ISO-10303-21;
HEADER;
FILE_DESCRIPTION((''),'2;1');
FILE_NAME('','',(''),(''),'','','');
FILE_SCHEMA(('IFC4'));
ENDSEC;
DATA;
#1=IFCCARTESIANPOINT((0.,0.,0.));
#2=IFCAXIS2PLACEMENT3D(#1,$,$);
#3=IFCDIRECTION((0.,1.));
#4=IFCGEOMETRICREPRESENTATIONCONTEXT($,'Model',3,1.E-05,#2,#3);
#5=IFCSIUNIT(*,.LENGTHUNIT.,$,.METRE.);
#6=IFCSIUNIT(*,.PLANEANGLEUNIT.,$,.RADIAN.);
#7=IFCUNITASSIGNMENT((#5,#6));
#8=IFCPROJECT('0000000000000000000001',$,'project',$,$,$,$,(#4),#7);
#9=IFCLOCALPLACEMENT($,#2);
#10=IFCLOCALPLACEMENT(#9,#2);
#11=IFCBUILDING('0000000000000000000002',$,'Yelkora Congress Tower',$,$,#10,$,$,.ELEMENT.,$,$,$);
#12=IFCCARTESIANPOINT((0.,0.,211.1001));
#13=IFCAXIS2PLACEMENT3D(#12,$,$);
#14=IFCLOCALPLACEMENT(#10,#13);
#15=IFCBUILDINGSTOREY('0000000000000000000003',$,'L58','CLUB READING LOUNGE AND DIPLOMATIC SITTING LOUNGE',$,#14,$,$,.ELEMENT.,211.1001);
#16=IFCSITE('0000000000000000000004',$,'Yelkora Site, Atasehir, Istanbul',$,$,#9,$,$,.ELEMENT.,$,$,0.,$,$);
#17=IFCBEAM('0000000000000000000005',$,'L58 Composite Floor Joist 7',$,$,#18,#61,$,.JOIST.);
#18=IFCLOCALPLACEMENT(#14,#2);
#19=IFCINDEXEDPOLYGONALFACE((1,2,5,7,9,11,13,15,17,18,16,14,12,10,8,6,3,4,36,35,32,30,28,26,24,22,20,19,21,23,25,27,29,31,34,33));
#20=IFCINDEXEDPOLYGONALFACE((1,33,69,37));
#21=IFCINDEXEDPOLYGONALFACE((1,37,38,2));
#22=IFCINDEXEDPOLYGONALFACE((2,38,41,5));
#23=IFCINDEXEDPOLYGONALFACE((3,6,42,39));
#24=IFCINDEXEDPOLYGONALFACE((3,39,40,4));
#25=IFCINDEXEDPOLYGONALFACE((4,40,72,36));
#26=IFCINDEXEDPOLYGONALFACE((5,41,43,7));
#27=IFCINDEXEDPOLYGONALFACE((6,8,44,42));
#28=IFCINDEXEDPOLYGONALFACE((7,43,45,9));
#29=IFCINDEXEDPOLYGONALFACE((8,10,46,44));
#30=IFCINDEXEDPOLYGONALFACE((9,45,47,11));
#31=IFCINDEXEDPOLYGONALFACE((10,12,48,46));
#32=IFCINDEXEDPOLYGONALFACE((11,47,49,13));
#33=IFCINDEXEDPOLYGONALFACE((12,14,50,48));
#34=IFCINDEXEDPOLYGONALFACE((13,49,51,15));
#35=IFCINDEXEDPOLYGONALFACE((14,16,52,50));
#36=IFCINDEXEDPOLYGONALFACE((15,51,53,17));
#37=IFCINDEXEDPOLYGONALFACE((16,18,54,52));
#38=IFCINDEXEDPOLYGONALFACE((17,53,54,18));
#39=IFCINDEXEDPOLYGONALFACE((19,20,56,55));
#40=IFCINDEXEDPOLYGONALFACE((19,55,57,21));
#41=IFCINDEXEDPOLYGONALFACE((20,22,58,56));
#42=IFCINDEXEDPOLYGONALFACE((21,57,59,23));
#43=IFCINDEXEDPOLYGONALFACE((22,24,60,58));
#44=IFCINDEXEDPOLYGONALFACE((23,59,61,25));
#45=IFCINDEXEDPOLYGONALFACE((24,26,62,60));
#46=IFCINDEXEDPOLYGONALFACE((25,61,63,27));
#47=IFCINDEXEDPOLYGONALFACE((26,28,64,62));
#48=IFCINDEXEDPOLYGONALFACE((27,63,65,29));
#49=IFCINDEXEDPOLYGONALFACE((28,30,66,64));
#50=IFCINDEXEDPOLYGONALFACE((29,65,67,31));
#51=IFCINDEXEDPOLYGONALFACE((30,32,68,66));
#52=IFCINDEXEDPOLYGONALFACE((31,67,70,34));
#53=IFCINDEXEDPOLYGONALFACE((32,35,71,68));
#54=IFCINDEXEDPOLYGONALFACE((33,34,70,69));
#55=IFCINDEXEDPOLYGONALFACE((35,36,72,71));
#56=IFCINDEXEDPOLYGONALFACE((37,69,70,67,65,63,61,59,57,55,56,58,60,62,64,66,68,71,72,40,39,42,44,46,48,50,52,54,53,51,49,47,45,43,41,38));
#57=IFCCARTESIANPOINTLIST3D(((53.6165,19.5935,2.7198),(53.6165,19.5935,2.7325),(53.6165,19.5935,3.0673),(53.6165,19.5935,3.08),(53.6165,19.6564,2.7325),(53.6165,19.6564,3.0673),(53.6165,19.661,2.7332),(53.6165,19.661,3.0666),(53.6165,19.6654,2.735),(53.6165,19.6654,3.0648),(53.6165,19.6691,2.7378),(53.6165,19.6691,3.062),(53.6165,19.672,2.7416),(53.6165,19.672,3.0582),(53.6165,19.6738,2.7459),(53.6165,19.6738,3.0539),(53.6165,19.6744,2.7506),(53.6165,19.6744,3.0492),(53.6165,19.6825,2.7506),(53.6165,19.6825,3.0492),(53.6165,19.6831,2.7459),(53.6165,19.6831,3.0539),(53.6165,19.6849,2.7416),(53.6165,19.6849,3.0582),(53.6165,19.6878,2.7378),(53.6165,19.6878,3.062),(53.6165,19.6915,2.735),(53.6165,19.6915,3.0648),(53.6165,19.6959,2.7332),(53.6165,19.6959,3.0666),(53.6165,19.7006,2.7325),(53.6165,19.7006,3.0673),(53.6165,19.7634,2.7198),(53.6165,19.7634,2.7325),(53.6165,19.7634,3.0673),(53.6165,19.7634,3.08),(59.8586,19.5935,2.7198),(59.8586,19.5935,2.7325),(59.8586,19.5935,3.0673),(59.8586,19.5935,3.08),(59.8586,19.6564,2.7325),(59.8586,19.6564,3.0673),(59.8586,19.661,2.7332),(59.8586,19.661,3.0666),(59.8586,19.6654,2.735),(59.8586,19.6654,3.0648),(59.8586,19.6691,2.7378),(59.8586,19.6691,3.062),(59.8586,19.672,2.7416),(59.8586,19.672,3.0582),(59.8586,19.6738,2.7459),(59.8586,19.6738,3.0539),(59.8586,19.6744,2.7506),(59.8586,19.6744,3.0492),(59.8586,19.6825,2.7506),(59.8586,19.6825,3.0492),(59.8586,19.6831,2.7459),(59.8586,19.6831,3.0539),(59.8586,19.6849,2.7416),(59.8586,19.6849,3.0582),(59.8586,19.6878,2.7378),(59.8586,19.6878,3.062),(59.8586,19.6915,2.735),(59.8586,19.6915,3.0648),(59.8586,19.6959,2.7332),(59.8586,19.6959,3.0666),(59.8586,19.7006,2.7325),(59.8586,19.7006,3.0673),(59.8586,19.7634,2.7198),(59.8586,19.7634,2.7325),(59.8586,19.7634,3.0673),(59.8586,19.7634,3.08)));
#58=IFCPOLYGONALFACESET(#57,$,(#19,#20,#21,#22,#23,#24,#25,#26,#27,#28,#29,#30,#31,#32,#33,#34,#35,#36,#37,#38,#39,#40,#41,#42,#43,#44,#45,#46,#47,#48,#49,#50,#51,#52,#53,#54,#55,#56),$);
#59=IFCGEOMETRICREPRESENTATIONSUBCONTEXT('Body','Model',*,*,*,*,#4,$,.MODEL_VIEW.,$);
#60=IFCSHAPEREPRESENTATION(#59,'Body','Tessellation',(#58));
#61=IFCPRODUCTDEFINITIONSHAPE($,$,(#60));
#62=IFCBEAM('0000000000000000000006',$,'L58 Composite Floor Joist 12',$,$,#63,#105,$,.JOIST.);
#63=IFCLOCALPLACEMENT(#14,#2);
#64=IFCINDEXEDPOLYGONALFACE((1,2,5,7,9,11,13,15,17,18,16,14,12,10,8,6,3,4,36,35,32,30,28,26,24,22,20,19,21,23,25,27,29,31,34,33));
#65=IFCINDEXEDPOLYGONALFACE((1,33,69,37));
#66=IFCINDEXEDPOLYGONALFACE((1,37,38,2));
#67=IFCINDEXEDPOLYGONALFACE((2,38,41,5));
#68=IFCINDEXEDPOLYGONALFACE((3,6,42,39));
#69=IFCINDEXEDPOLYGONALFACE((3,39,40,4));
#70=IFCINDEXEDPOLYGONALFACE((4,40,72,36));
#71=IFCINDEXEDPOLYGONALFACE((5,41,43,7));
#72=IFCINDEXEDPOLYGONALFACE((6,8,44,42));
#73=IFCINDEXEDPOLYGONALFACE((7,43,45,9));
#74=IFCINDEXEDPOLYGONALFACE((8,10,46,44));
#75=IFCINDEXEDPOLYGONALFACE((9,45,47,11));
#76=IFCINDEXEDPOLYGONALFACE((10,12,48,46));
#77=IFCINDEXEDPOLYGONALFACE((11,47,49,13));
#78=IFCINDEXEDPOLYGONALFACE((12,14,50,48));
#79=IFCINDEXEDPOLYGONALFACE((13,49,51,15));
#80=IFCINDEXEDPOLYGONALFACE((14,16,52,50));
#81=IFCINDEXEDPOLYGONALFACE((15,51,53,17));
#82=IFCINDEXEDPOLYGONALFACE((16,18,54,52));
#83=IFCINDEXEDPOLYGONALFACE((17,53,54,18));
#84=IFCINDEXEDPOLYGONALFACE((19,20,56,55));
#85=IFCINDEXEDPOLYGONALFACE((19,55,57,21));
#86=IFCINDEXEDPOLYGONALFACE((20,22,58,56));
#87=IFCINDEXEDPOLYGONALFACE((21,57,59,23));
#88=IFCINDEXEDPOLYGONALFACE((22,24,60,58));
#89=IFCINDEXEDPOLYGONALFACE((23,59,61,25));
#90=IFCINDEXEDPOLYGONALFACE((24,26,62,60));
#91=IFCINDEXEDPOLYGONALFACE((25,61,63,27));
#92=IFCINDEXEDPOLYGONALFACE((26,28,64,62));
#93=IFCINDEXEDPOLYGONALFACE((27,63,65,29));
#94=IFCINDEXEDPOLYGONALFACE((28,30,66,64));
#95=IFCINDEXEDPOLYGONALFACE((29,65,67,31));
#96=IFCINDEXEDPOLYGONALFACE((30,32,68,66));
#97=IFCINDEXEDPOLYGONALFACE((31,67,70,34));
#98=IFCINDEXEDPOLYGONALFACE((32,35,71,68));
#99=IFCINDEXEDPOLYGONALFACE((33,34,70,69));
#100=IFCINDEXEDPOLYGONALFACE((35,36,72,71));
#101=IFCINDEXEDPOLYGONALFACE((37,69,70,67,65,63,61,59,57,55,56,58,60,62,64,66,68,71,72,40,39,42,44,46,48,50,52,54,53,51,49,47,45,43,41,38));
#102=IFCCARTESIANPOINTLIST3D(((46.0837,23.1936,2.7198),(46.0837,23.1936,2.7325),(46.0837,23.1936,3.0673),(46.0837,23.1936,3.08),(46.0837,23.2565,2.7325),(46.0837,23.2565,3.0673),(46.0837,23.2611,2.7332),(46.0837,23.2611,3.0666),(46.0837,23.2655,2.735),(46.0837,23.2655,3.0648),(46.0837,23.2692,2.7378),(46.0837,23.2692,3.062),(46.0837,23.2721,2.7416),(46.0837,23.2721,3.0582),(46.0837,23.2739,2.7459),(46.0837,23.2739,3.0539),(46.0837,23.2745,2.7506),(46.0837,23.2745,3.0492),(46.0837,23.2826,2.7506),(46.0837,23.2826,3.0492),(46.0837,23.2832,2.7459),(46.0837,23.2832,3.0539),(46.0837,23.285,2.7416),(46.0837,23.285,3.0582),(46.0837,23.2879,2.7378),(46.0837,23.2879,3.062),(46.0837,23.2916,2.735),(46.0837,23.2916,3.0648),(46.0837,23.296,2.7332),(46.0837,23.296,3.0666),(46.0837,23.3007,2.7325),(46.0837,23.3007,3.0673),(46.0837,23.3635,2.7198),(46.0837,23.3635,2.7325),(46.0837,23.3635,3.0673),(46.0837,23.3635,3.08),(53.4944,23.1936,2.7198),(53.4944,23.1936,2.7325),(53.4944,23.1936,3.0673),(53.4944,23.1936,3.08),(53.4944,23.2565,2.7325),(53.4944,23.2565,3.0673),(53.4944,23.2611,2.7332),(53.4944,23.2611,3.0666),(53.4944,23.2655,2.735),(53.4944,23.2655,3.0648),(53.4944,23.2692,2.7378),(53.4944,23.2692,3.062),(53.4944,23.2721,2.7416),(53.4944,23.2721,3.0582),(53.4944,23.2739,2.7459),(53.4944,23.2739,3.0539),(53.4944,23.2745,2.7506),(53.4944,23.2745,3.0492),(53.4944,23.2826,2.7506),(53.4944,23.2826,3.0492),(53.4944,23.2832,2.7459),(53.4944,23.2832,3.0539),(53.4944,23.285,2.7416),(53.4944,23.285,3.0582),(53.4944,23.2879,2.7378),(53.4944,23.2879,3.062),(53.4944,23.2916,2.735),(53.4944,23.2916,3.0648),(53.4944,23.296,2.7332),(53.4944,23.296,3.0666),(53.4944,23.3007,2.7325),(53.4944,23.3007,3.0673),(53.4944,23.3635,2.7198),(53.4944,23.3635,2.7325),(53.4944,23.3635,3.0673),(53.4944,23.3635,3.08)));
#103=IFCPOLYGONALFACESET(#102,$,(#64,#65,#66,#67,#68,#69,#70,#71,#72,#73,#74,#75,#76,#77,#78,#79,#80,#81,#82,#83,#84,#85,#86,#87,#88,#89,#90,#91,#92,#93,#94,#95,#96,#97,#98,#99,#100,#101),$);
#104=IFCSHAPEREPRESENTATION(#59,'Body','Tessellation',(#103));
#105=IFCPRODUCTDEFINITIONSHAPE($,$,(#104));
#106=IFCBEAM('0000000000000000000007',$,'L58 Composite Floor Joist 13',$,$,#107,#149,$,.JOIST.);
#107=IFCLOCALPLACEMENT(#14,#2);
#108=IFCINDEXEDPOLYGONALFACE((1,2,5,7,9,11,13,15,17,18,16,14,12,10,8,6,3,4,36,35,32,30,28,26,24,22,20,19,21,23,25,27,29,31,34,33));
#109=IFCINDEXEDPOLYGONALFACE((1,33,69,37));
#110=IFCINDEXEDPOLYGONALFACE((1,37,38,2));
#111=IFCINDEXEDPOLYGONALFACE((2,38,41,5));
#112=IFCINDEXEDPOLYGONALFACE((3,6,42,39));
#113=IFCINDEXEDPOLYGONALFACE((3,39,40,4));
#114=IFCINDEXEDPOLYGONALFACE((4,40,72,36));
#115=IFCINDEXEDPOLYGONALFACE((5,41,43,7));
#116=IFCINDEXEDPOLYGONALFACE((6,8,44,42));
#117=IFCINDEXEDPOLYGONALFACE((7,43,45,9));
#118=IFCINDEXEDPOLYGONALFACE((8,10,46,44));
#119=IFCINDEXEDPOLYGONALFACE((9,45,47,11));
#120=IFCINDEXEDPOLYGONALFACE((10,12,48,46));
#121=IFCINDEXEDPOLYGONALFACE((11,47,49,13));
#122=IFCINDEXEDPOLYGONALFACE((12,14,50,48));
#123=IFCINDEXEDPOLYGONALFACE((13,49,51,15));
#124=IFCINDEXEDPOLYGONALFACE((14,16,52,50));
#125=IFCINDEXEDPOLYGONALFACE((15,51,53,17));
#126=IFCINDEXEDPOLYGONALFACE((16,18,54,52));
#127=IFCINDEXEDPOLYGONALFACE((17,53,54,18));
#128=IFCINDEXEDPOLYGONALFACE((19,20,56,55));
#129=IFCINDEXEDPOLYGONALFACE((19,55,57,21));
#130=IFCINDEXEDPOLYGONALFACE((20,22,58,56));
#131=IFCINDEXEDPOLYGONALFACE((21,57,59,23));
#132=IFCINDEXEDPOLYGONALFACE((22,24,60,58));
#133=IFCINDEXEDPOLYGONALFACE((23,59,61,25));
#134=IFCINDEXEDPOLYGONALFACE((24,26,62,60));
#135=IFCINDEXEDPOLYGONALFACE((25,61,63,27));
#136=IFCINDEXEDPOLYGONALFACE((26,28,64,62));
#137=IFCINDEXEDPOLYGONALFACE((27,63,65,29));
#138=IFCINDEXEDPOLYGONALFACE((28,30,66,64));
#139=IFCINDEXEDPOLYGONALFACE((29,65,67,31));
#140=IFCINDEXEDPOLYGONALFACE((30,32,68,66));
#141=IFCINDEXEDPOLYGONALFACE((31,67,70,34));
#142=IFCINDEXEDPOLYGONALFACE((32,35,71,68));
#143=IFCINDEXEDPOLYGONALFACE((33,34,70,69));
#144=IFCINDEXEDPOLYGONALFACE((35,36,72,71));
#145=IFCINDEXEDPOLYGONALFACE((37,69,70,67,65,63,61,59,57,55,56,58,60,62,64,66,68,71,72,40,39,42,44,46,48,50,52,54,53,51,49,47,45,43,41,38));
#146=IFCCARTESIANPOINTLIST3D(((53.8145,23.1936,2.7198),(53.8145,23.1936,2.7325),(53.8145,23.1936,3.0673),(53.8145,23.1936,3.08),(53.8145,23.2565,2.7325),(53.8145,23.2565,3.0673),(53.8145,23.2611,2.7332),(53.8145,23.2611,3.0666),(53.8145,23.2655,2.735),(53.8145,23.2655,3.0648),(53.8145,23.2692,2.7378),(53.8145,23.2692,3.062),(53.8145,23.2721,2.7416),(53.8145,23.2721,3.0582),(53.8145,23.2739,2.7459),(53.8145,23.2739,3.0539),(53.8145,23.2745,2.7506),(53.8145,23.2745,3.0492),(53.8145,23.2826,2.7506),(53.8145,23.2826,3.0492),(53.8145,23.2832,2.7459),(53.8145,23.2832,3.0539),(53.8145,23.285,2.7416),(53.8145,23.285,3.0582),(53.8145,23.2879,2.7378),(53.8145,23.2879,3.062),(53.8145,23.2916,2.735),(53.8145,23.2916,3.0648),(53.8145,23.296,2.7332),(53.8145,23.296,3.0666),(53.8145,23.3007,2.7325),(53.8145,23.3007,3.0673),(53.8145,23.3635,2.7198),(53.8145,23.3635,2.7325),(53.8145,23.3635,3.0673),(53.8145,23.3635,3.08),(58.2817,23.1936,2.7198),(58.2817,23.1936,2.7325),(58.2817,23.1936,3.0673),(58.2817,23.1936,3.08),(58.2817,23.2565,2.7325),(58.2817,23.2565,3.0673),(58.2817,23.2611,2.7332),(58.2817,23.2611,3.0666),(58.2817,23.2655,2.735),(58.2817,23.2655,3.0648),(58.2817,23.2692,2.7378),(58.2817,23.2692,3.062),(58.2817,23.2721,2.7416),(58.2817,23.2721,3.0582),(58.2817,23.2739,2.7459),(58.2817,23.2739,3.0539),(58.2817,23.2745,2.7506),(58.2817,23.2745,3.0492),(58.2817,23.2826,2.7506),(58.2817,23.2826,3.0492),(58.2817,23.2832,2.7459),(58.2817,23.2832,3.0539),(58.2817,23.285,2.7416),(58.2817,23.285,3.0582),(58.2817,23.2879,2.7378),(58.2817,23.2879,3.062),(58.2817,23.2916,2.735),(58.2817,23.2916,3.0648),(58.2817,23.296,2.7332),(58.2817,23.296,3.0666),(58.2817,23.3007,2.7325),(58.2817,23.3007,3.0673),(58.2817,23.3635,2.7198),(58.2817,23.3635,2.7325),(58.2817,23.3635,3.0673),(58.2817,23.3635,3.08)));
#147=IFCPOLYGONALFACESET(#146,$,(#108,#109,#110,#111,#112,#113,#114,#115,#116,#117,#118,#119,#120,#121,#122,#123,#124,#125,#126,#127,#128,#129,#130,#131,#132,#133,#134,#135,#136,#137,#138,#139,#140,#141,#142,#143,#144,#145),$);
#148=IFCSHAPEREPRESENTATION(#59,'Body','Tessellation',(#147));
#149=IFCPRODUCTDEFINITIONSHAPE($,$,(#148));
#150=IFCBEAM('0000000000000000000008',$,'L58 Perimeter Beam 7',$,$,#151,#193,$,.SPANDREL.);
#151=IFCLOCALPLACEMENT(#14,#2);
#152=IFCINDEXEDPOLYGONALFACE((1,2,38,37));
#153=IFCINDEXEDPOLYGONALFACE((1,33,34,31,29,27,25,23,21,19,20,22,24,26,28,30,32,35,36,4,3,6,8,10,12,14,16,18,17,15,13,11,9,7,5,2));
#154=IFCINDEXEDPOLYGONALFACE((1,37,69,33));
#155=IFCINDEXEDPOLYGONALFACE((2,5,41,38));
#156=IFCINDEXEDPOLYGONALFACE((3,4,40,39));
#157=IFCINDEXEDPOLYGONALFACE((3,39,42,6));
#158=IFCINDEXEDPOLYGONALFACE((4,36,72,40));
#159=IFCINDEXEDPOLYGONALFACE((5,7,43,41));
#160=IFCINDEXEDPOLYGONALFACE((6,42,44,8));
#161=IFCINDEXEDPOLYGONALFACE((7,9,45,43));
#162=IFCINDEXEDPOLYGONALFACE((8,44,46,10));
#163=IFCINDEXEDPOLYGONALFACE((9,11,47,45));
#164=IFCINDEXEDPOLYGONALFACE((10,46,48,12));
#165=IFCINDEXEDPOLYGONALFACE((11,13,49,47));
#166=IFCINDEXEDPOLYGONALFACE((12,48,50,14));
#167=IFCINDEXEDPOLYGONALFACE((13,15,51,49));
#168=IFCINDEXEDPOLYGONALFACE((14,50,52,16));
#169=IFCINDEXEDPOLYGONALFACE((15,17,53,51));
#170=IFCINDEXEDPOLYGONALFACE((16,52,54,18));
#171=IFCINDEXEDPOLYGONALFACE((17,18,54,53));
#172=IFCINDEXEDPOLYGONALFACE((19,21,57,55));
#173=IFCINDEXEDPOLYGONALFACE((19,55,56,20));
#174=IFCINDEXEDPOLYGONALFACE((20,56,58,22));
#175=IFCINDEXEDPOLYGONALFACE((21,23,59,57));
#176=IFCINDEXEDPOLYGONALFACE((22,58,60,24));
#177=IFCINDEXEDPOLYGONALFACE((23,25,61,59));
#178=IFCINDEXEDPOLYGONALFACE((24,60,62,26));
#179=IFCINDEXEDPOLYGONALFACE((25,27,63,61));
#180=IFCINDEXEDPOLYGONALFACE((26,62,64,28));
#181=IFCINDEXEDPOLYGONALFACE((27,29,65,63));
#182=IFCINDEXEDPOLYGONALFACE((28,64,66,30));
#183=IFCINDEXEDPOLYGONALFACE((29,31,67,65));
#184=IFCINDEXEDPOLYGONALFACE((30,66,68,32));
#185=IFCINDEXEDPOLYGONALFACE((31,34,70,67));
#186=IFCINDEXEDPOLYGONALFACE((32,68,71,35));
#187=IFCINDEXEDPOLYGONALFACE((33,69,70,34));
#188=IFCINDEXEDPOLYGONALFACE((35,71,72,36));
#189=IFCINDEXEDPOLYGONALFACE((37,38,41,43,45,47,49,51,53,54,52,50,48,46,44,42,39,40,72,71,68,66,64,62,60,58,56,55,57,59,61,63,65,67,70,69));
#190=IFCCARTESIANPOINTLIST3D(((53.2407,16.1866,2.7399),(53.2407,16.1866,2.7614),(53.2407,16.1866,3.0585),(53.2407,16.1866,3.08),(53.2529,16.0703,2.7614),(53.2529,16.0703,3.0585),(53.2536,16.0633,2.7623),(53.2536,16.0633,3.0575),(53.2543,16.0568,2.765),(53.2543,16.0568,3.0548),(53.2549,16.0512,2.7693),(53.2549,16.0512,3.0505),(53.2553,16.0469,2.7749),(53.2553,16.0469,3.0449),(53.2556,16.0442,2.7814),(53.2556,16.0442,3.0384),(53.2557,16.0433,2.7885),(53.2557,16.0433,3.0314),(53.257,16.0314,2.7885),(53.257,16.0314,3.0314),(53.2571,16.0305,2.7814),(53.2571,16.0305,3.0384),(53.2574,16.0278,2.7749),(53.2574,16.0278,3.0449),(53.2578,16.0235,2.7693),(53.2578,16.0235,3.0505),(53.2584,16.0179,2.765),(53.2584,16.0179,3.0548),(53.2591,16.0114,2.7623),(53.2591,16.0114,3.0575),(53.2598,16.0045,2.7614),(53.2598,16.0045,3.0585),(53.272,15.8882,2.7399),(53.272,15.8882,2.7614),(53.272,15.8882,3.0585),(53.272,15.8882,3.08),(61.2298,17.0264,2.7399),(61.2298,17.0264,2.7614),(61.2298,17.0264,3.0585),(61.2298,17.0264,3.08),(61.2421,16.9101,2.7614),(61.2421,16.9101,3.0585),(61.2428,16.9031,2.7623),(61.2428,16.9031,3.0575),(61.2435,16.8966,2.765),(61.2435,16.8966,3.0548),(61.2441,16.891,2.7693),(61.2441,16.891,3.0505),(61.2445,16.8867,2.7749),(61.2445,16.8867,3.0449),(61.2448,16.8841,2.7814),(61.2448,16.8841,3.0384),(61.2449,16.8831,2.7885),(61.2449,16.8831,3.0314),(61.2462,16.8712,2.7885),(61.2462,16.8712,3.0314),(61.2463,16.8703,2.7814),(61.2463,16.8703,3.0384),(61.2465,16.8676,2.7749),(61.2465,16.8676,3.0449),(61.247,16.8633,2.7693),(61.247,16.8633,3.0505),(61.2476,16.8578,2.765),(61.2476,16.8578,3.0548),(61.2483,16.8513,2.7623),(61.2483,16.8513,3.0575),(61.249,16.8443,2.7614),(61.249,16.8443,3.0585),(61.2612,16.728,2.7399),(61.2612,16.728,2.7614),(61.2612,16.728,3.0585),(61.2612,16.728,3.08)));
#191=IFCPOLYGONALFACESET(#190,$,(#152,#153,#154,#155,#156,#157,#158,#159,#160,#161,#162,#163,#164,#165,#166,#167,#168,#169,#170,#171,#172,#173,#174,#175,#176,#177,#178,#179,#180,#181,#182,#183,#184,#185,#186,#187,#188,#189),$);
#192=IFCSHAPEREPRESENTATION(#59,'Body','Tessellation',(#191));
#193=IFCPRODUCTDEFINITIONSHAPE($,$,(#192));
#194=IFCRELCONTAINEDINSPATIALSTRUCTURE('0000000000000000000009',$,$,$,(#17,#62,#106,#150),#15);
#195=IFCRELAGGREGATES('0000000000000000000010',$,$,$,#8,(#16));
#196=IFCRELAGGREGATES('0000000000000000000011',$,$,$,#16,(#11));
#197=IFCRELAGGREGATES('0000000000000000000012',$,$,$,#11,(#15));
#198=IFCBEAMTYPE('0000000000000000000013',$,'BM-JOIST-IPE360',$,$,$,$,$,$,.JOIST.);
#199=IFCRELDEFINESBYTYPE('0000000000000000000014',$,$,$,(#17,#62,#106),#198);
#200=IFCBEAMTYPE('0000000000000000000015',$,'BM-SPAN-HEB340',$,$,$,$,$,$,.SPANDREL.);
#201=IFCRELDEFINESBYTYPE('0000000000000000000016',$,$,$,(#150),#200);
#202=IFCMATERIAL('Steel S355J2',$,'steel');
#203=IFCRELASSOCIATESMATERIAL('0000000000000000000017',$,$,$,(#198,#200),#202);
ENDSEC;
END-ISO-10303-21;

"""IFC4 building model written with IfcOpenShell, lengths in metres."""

from ifc_helpers import new_model, si_unit, direction, frame, origin, origin_2d, place, context, subcontext, project, spatial, i_section, extrude, material, material_profile, profile_set, type_object, element, save


model = new_model("IFC4")

# Units and contexts
model_context = context("Model", 3, precision=1e-05, world=origin(), true_north=direction((0.0, 1.0)))
body_context = subcontext(model_context, "Body", "Model", "MODEL_VIEW")
ifc_project = project(units=[si_unit("LENGTHUNIT", "METRE"), si_unit("PLANEANGLEUNIT", "RADIAN")], contexts=[model_context])

# Site, building, storey
site_placement = place(None, origin())
site = spatial("IfcSite", under=ifc_project, at=site_placement, Name="Yelkora Site, Atasehir, Istanbul", CompositionType="ELEMENT", RefElevation=0.0)
building_placement = place(site_placement, origin())
building = spatial("IfcBuilding", under=site, at=building_placement, Name="Yelkora Congress Tower", CompositionType="ELEMENT")
storey_placement = place(building_placement, frame((0.0, 0.0, 211.1001)))
storey = spatial("IfcBuildingStorey", under=building, at=storey_placement, Name="L58", Description="CLUB READING LOUNGE AND DIPLOMATIC SITTING LOUNGE", CompositionType="ELEMENT", Elevation=211.1001)

# Shared definitions
ifc_material_1 = material(Name="Steel S355J2", Category="steel")

# Beams
ifc_material_profile_1 = material_profile(ifc_material_1, i_section(OverallWidth=0.1699, OverallDepth=0.3601, WebThickness=0.0081, FlangeThickness=0.0127, FilletRadius=0.0181, at=origin_2d()), Name="IPE 360")
ifc_profile_set_1 = profile_set([ifc_material_profile_1], Name="Steel S355J2")
beam_type_1 = type_object("IfcBeamType", Name="BM-JOIST-IPE360", PredefinedType="JOIST", material=ifc_profile_set_1)
beam_1_placement = place(storey_placement, frame((53.6165, 19.6785, 2.8999), z_axis=(1.0, 0.0, 0.0), x_axis=(0.0, 1.0, 0.0)))
element("IfcBeam", 1, at=beam_1_placement, inside=storey, type_object=beam_type_1, Name="L58 Composite Floor Joist 7", PredefinedType="JOIST", context=body_context, shape_type="SweptSolid", body=[
    extrude(i_section(OverallWidth=0.1699, OverallDepth=0.3601, WebThickness=0.0081, FlangeThickness=0.0127, FilletRadius=0.0181, at=origin_2d()), origin(), (0.0, 0.0, 1.0), 6.2422),
])
beam_2_placement = place(storey_placement, frame((46.0837, 23.2786, 2.8999), z_axis=(1.0, 0.0, 0.0), x_axis=(0.0, 1.0, 0.0)))
element("IfcBeam", 2, at=beam_2_placement, inside=storey, type_object=beam_type_1, Name="L58 Composite Floor Joist 12", PredefinedType="JOIST", context=body_context, shape_type="SweptSolid", body=[
    extrude(i_section(OverallWidth=0.1699, OverallDepth=0.3601, WebThickness=0.0081, FlangeThickness=0.0127, FilletRadius=0.0181, at=origin_2d()), origin(), (0.0, 0.0, 1.0), 7.4106),
])
beam_3_placement = place(storey_placement, frame((53.8145, 23.2786, 2.8999), z_axis=(1.0, 0.0, 0.0), x_axis=(0.0, 1.0, 0.0)))
element("IfcBeam", 3, at=beam_3_placement, inside=storey, type_object=beam_type_1, Name="L58 Composite Floor Joist 13", PredefinedType="JOIST", context=body_context, shape_type="SweptSolid", body=[
    extrude(i_section(OverallWidth=0.1699, OverallDepth=0.3601, WebThickness=0.0081, FlangeThickness=0.0127, FilletRadius=0.0181, at=origin_2d()), origin(), (0.0, 0.0, 1.0), 4.4673),
])
ifc_material_profile_2 = material_profile(ifc_material_1, i_section(OverallWidth=0.3, OverallDepth=0.3401, WebThickness=0.012, FlangeThickness=0.0215, FilletRadius=0.0271, at=origin_2d()), Name="HEB 340")
ifc_profile_set_2 = profile_set([ifc_material_profile_2], Name="Steel S355J2")
beam_type_2 = type_object("IfcBeamType", Name="BM-SPAN-HEB340", PredefinedType="SPANDREL", material=ifc_profile_set_2)
beam_4_placement = place(storey_placement, frame((53.2563, 16.0374, 2.9099), z_axis=(0.99452, 0.104546, 0.0), x_axis=(-0.104546, 0.99452, 0.0)))
element("IfcBeam", 4, at=beam_4_placement, inside=storey, type_object=beam_type_2, Name="L58 Perimeter Beam 7", PredefinedType="SPANDREL", context=body_context, shape_type="SweptSolid", body=[
    extrude(i_section(OverallWidth=0.3, OverallDepth=0.3401, WebThickness=0.012, FlangeThickness=0.0215, FilletRadius=0.0271, at=origin_2d()), origin(), (0.0, 0.0, 1.0), 8.0332),
])

save(model, "model.ifc")
